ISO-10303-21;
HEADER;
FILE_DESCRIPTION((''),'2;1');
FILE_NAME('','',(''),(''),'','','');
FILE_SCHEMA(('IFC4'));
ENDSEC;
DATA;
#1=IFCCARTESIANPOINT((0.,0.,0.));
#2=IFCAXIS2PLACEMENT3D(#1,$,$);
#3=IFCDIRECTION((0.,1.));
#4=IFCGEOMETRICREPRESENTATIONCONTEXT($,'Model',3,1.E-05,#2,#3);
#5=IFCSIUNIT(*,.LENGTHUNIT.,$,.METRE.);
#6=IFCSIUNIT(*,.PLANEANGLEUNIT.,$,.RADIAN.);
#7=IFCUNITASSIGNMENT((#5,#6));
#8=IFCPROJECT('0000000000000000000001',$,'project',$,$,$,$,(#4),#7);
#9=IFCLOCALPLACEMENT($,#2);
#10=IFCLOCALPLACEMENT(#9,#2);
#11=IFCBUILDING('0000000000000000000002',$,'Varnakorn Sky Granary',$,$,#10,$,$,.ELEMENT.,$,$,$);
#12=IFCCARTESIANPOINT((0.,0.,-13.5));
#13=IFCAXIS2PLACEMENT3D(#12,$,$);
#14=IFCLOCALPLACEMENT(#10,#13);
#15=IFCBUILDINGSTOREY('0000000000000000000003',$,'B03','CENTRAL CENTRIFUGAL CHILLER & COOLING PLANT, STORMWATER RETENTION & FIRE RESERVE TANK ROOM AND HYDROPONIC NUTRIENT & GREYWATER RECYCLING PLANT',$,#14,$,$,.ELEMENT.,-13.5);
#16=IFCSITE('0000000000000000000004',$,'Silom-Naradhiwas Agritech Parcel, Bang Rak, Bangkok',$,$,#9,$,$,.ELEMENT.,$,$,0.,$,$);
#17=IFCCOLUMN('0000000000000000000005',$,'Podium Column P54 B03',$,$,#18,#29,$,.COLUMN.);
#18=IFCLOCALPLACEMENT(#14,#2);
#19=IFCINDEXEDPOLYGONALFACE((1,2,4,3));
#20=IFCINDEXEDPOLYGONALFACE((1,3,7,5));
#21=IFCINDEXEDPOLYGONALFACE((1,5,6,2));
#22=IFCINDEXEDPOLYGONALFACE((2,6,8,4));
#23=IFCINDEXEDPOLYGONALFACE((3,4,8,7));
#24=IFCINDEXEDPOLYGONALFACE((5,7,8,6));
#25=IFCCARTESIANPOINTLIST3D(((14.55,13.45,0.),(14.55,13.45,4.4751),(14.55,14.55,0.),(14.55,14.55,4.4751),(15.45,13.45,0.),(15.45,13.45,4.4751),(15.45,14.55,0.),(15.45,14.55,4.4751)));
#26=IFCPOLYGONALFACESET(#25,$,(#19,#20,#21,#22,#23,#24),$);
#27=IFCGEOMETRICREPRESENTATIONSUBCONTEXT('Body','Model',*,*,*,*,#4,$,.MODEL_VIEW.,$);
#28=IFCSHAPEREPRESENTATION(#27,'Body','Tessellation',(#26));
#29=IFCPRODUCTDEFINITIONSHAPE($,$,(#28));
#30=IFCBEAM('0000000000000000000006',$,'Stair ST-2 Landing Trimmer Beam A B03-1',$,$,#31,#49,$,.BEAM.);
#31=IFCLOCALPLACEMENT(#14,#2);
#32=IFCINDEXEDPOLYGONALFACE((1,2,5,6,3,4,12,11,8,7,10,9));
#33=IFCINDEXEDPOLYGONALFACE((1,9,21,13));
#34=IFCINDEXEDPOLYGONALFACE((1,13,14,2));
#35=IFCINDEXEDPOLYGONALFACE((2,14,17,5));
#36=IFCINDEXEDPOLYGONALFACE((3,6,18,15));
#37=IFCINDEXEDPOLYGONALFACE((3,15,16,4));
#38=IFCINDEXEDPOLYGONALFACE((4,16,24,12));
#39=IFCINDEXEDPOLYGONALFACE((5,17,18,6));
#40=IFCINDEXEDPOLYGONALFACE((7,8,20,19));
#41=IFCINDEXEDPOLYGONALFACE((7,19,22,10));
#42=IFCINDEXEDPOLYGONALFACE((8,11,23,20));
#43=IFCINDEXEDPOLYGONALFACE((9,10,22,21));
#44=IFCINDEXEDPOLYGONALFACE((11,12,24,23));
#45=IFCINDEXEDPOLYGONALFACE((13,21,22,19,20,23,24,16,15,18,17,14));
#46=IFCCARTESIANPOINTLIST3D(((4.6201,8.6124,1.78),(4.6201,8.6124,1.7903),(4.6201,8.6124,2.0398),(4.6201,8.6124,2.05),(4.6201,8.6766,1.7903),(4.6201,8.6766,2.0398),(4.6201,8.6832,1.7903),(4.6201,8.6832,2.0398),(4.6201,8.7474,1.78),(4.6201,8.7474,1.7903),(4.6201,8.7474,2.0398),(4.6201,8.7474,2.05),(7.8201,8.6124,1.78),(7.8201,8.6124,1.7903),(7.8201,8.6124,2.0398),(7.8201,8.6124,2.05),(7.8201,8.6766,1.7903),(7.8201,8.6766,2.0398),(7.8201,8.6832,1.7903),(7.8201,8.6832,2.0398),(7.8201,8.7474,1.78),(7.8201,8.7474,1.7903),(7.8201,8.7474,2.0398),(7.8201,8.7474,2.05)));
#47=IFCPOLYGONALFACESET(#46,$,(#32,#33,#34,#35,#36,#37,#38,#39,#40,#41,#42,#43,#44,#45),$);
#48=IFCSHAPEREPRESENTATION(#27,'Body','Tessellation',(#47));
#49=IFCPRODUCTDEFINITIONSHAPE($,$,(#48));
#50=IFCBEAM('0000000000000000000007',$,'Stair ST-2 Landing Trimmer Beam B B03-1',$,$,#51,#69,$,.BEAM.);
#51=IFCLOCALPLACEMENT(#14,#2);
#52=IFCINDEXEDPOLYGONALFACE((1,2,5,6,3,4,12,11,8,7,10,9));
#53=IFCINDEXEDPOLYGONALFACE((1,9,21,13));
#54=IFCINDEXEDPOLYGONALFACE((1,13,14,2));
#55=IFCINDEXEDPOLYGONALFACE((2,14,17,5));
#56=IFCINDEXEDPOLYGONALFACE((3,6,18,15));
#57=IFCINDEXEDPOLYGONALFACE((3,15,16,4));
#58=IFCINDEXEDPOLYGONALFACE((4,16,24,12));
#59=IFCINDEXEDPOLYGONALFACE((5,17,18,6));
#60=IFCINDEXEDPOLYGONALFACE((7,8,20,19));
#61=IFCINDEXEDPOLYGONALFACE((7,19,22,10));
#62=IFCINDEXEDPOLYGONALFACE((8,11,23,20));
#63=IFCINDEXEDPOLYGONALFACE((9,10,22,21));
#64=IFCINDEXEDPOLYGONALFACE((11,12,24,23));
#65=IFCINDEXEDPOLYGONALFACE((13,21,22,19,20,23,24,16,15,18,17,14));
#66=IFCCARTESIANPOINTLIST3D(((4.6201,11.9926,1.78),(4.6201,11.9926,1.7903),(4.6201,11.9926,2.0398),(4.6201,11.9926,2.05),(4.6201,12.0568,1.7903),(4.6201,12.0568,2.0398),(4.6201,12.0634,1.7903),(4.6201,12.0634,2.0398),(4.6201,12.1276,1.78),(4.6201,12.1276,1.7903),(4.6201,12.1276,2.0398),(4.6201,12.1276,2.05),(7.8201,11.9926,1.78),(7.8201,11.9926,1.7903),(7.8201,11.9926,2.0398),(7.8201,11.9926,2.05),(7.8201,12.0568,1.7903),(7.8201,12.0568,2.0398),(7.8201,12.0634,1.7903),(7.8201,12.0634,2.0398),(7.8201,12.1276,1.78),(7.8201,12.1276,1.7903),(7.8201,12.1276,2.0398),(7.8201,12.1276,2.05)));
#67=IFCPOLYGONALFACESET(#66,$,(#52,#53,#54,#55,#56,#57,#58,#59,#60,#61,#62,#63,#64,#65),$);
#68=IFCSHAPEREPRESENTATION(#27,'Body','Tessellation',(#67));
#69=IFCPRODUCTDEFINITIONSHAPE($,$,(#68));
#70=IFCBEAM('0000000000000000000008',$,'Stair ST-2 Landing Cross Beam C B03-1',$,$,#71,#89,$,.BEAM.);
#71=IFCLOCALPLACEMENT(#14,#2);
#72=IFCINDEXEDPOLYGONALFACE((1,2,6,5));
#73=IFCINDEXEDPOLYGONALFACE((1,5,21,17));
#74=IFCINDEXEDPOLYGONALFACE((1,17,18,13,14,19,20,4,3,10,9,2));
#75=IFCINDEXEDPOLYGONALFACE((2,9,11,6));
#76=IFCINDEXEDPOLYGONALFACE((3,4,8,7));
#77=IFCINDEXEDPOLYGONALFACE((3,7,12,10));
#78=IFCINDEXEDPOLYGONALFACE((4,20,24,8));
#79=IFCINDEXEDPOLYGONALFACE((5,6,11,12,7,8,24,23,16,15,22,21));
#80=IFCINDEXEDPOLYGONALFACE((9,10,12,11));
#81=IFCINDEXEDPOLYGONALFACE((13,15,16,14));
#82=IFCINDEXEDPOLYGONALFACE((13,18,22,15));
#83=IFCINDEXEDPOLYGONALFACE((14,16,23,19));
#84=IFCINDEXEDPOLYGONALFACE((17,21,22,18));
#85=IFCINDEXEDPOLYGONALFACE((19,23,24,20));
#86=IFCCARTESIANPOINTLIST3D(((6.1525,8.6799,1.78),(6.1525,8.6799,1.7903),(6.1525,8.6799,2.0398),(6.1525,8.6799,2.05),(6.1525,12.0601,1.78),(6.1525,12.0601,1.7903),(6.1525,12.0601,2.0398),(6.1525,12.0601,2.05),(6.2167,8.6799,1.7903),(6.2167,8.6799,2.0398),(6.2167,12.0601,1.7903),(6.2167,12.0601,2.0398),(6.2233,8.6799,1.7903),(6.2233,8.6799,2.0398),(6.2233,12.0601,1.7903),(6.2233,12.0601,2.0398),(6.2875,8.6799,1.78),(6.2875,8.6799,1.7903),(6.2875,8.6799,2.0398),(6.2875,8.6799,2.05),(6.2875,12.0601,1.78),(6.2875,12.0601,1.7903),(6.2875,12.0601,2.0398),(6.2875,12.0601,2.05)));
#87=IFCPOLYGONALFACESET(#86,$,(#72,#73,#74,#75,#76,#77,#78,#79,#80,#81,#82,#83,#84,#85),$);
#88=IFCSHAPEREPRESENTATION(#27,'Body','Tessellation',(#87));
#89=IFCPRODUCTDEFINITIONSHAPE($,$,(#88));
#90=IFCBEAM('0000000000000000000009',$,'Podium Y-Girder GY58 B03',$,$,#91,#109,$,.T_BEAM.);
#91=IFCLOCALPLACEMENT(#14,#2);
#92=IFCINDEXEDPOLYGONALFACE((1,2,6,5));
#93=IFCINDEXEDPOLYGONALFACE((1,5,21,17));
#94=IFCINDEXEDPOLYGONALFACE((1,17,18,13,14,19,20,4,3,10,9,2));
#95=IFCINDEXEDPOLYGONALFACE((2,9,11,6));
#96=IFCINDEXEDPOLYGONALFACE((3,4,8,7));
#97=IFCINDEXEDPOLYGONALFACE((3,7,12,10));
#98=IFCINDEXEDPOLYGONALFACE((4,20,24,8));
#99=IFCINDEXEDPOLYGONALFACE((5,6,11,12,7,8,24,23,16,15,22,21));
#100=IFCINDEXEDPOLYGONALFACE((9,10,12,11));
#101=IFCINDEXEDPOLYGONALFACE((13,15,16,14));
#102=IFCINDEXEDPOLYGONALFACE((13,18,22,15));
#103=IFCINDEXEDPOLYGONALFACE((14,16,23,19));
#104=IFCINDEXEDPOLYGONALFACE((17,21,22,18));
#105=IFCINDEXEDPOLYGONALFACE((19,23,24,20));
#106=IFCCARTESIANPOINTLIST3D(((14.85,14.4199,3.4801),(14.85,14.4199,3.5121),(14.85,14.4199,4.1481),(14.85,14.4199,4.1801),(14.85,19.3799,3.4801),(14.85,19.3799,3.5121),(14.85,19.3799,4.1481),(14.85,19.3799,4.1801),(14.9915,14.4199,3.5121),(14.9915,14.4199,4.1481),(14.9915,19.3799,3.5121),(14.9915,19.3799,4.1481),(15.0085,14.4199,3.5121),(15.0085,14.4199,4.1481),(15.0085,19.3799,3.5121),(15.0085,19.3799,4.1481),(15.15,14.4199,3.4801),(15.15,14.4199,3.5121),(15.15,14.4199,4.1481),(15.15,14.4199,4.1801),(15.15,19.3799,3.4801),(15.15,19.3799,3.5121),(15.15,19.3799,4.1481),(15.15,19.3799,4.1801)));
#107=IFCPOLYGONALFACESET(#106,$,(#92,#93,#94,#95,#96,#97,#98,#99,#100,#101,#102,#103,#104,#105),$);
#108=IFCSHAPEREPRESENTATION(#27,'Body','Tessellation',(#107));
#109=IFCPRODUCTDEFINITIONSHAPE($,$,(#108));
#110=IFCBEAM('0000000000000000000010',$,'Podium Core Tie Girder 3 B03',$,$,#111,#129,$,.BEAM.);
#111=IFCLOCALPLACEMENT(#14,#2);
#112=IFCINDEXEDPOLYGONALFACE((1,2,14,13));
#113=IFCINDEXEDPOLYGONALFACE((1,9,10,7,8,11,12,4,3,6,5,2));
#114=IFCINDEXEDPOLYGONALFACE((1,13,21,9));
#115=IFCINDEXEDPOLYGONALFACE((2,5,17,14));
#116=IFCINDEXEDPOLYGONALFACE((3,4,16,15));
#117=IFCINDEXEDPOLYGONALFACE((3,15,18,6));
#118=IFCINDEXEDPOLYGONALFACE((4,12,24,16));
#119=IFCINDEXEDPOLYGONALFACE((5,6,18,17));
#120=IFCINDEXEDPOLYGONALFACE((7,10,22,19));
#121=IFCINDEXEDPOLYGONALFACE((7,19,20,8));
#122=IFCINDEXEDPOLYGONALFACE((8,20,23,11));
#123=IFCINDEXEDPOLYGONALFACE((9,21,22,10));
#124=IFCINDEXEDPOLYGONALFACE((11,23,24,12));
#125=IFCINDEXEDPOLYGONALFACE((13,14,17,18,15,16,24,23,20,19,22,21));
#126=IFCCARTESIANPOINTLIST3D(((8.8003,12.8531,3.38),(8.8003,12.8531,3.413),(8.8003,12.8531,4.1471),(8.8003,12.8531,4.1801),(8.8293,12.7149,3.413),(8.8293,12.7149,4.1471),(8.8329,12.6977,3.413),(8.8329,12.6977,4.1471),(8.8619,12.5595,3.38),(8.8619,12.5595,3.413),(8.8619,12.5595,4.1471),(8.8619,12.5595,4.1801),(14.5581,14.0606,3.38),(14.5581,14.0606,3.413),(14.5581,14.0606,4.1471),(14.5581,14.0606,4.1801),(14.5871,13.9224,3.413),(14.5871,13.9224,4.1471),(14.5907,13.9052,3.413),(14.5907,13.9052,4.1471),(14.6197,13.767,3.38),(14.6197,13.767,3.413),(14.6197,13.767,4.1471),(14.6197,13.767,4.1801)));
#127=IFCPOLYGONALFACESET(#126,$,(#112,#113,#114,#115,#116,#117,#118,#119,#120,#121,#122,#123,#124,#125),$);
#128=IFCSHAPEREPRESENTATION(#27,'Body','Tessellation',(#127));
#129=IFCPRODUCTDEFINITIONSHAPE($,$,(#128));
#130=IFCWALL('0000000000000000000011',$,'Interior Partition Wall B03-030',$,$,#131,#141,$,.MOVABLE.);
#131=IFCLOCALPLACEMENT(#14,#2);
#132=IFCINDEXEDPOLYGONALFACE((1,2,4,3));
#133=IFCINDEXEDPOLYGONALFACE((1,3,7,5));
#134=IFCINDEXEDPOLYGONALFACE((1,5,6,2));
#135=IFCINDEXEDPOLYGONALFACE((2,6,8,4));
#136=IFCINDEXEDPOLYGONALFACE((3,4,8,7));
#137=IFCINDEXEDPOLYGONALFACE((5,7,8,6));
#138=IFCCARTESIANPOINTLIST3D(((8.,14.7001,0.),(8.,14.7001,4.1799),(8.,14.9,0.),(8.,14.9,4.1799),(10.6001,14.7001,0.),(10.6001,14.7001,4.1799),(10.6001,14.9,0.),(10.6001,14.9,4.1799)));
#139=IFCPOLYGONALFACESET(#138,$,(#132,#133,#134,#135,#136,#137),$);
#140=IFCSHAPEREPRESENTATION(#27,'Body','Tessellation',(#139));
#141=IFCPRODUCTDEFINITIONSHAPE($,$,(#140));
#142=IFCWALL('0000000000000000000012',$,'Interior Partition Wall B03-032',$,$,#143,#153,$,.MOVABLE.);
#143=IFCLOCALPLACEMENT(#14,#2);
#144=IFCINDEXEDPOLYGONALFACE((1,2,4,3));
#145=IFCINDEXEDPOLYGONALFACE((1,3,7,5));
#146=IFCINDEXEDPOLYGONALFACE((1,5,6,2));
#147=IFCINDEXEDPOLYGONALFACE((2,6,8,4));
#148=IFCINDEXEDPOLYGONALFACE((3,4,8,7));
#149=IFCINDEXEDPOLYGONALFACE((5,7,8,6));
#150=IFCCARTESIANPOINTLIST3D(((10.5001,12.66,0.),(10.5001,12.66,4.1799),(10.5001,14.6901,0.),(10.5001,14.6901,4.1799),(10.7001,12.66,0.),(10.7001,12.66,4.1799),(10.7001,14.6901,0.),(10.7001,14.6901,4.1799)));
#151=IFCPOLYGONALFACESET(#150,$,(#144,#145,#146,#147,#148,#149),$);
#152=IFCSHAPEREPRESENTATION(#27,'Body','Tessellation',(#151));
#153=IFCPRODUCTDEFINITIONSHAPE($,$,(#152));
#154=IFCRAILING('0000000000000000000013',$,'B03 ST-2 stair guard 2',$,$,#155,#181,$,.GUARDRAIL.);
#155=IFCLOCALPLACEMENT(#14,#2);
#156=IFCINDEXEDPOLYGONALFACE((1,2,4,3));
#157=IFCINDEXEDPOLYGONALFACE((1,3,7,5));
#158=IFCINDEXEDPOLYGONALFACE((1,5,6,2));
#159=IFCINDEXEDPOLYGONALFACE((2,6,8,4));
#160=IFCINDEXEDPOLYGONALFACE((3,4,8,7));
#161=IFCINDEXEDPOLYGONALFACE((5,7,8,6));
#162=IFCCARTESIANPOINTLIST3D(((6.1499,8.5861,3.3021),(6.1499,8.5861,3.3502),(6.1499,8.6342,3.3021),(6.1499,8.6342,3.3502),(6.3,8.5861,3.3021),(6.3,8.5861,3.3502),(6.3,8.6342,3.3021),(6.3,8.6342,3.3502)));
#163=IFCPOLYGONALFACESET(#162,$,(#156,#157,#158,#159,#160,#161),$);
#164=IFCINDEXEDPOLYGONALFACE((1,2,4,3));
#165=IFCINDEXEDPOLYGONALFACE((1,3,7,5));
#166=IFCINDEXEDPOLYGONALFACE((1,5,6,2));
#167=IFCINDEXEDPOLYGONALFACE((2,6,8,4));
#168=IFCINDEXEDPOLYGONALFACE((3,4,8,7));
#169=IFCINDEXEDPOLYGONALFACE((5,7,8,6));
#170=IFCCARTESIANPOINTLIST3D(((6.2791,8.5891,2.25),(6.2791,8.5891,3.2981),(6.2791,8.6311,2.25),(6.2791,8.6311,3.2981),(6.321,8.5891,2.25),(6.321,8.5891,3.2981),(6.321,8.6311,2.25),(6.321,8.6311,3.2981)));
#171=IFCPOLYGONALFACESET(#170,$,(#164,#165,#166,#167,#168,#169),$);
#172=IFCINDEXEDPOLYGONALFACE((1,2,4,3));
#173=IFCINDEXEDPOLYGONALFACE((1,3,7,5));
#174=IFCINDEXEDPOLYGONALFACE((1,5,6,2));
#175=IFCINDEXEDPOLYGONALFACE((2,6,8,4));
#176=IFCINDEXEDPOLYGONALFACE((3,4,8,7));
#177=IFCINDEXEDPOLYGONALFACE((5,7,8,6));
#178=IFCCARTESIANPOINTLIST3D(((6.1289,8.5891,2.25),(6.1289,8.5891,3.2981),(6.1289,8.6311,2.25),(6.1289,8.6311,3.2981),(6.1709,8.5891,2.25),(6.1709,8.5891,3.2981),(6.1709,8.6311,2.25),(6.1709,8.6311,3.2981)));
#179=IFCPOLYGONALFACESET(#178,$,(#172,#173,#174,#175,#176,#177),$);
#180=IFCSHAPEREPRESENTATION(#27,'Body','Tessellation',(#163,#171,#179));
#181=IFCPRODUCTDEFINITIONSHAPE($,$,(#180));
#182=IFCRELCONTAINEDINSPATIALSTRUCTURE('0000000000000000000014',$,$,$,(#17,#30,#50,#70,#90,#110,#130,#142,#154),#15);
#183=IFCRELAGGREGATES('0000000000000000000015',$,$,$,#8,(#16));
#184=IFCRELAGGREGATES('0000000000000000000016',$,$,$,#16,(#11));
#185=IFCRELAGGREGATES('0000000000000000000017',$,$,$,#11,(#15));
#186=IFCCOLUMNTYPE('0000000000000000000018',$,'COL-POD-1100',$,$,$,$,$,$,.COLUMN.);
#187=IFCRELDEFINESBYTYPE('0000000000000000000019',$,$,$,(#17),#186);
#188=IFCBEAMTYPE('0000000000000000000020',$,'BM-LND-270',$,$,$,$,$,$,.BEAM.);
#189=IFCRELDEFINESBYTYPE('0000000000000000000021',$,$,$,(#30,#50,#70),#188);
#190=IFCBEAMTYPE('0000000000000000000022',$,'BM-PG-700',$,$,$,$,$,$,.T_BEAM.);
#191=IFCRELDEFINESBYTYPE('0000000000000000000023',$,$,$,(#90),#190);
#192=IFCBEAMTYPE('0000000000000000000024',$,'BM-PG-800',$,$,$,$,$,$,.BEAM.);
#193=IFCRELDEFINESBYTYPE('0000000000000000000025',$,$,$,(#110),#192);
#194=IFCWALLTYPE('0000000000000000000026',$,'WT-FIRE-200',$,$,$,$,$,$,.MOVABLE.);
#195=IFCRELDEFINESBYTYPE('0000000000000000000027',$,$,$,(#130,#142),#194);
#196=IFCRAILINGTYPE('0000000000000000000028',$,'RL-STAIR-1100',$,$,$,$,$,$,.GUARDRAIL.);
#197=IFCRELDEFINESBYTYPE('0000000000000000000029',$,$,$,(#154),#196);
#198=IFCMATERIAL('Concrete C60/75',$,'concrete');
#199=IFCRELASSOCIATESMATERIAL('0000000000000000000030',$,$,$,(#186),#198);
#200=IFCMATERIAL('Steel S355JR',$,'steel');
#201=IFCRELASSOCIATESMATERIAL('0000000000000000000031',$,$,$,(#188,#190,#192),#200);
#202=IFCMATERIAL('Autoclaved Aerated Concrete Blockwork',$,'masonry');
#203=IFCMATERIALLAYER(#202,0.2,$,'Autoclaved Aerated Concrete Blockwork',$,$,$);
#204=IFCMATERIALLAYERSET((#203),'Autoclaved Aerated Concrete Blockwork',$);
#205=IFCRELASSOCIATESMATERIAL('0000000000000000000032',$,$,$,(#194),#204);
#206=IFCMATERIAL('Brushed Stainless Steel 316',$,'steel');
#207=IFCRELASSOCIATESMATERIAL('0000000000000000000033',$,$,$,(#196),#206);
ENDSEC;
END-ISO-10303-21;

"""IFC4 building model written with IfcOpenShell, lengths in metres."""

from ifc_helpers import new_model, si_unit, direction, frame, frame_2d, origin, origin_2d, place, context, subcontext, project, spatial, rectangle, i_section, extrude, material, layer, layer_set, material_profile, profile_set, type_object, element, save


model = new_model("IFC4")

# Units and contexts
model_context = context("Model", 3, precision=1e-05, world=origin(), true_north=direction((0.0, 1.0)))
body_context = subcontext(model_context, "Body", "Model", "MODEL_VIEW")
ifc_project = project(units=[si_unit("LENGTHUNIT", "METRE"), si_unit("PLANEANGLEUNIT", "RADIAN")], contexts=[model_context])

# Site, building, storey
site_placement = place(None, origin())
site = spatial("IfcSite", under=ifc_project, at=site_placement, Name="Silom-Naradhiwas Agritech Parcel, Bang Rak, Bangkok", CompositionType="ELEMENT", RefElevation=0.0)
building_placement = place(site_placement, origin())
building = spatial("IfcBuilding", under=site, at=building_placement, Name="Varnakorn Sky Granary", CompositionType="ELEMENT")
storey_placement = place(building_placement, frame((0.0, 0.0, -13.5)))
storey = spatial("IfcBuildingStorey", under=building, at=storey_placement, Name="B03", Description="CENTRAL CENTRIFUGAL CHILLER & COOLING PLANT, STORMWATER RETENTION & FIRE RESERVE TANK ROOM AND HYDROPONIC NUTRIENT & GREYWATER RECYCLING PLANT", CompositionType="ELEMENT", Elevation=-13.5)

# Column
ifc_material_1 = material(Name="Concrete C60/75", Category="concrete")
ifc_material_profile_1 = material_profile(ifc_material_1, rectangle(XDim=0.8999, YDim=1.1001, at=origin_2d()), Name="RC 900x1100")
ifc_profile_set_1 = profile_set([ifc_material_profile_1], Name="Concrete C60/75")
column_type_1 = type_object("IfcColumnType", Name="COL-POD-1100", PredefinedType="COLUMN", material=ifc_profile_set_1)
column_1_placement = place(storey_placement, frame((15.0, 14.0, 0.0), z_axis=(0.0, 0.0, 1.0), x_axis=(1.0, 0.0, 0.0)))
element("IfcColumn", 1, at=column_1_placement, inside=storey, type_object=column_type_1, Name="Podium Column P54 B03", PredefinedType="COLUMN", context=body_context, shape_type="SweptSolid", body=[
    extrude(rectangle(XDim=0.8999, YDim=1.1001, at=origin_2d()), origin(), (0.0, 0.0, 1.0), 4.4751),
])

# Beams
ifc_material_2 = material(Name="Steel S355JR", Category="steel")
ifc_material_profile_2 = material_profile(ifc_material_2, i_section(OverallWidth=0.135, OverallDepth=0.27, WebThickness=0.0066, FlangeThickness=0.0103, at=origin_2d()), Name="IPE 270")
ifc_profile_set_2 = profile_set([ifc_material_profile_2], Name="Steel S355JR")
beam_type_1 = type_object("IfcBeamType", Name="BM-LND-270", PredefinedType="BEAM", material=ifc_profile_set_2)
for number, where, z_axis, x_axis, name in (
    (2, (4.6201, 8.6799, 1.915), (1.0, 0.0, 0.0), (0.0, 1.0, 0.0), "Stair ST-2 Landing Trimmer Beam A B03-1"),
    (3, (4.6201, 12.0601, 1.915), (1.0, 0.0, 0.0), (0.0, 1.0, 0.0), "Stair ST-2 Landing Trimmer Beam B B03-1"),
):
    element("IfcBeam", number, at=place(storey_placement, frame(where, z_axis=z_axis, x_axis=x_axis)), inside=storey, type_object=beam_type_1, Name=name, PredefinedType="BEAM", context=body_context, shape_type="SweptSolid", body=[
        extrude(i_section(OverallWidth=0.135, OverallDepth=0.27, WebThickness=0.0066, FlangeThickness=0.0103, at=origin_2d()), origin(), (0.0, 0.0, 1.0), 3.2),
    ])
beam_1_placement = place(storey_placement, frame((6.22, 8.6799, 1.915), z_axis=(0.0, 1.0, 0.0), x_axis=(-1.0, 0.0, 0.0)))
element("IfcBeam", 4, at=beam_1_placement, inside=storey, type_object=beam_type_1, Name="Stair ST-2 Landing Cross Beam C B03-1", PredefinedType="BEAM", context=body_context, shape_type="SweptSolid", body=[
    extrude(i_section(OverallWidth=0.135, OverallDepth=0.27, WebThickness=0.0066, FlangeThickness=0.0103, at=origin_2d()), origin(), (0.0, 0.0, 1.0), 3.3801),
])
ifc_material_profile_3 = material_profile(ifc_material_2, i_section(OverallWidth=0.3, OverallDepth=0.7, WebThickness=0.0171, FlangeThickness=0.032, at=origin_2d()), Name="HE 700 B")
ifc_profile_set_3 = profile_set([ifc_material_profile_3], Name="Steel S355JR")
beam_type_2 = type_object("IfcBeamType", Name="BM-PG-700", PredefinedType="T_BEAM", material=ifc_profile_set_3)
beam_2_placement = place(storey_placement, frame((15.0, 14.4199, 3.8301), z_axis=(0.0, 1.0, 0.0), x_axis=(-1.0, 0.0, 0.0)))
element("IfcBeam", 5, at=beam_2_placement, inside=storey, type_object=beam_type_2, Name="Podium Y-Girder GY58 B03", PredefinedType="T_BEAM", context=body_context, shape_type="SweptSolid", body=[
    extrude(i_section(OverallWidth=0.3, OverallDepth=0.7, WebThickness=0.0171, FlangeThickness=0.032, at=origin_2d()), origin(), (0.0, 0.0, 1.0), 4.96),
])
ifc_material_profile_4 = material_profile(ifc_material_2, i_section(OverallWidth=0.3, OverallDepth=0.8, WebThickness=0.0176, FlangeThickness=0.033, at=origin_2d()), Name="HE 800 B")
ifc_profile_set_4 = profile_set([ifc_material_profile_4], Name="Steel S355JR")
beam_type_3 = type_object("IfcBeamType", Name="BM-PG-800", PredefinedType="BEAM", material=ifc_profile_set_4)
beam_3_placement = place(storey_placement, frame((14.5889, 13.9138, 3.78), z_axis=(-0.978709, -0.205253, 0.0), x_axis=(0.205253, -0.978709, 0.0)))
element("IfcBeam", 6, at=beam_3_placement, inside=storey, type_object=beam_type_3, Name="Podium Core Tie Girder 3 B03", PredefinedType="BEAM", context=body_context, shape_type="SweptSolid", body=[
    extrude(i_section(OverallWidth=0.3, OverallDepth=0.8, WebThickness=0.0176, FlangeThickness=0.033, at=origin_2d()), origin(), (0.0, 0.0, 1.0), 5.8831),
])

# Walls
ifc_material_3 = material(Name="Autoclaved Aerated Concrete Blockwork", Category="masonry")
ifc_layer = layer(ifc_material_3, 0.2, Name="Autoclaved Aerated Concrete Blockwork")
ifc_layer_set = layer_set([ifc_layer], Name="Autoclaved Aerated Concrete Blockwork")
wall_type = type_object("IfcWallType", Name="WT-FIRE-200", PredefinedType="MOVABLE", material=ifc_layer_set)
wall_1_placement = place(storey_placement, frame((10.6001, 14.8, 0.0), z_axis=(0.0, 0.0, 1.0), x_axis=(-1.0, 0.0, 0.0)))
element("IfcWall", 7, at=wall_1_placement, inside=storey, type_object=wall_type, Name="Interior Partition Wall B03-030", PredefinedType="MOVABLE", context=body_context, shape_type="SweptSolid", body=[
    extrude(rectangle(XDim=2.6001, YDim=0.2, at=frame_2d((1.3, 0.0))), origin(), (0.0, 0.0, 1.0), 4.1799),
])
wall_2_placement = place(storey_placement, frame((10.6001, 12.6599, 0.0), z_axis=(0.0, 0.0, 1.0), x_axis=(0.0, 1.0, 0.0)))
element("IfcWall", 8, at=wall_2_placement, inside=storey, type_object=wall_type, Name="Interior Partition Wall B03-032", PredefinedType="MOVABLE", context=body_context, shape_type="SweptSolid", body=[
    extrude(rectangle(XDim=2.03, YDim=0.2, at=frame_2d((1.0151, 0.0))), origin(), (0.0, 0.0, 1.0), 4.1799),
])

# Railing
ifc_material_4 = material(Name="Brushed Stainless Steel 316", Category="steel")
railing_type = type_object("IfcRailingType", Name="RL-STAIR-1100", PredefinedType="GUARDRAIL", material=ifc_material_4)
railing_1_placement = place(storey_placement, frame((6.3, 8.6101, 2.25)))
element("IfcRailing", 9, at=railing_1_placement, inside=storey, type_object=railing_type, Name="B03 ST-2 stair guard 2", PredefinedType="GUARDRAIL", context=body_context, shape_type="SweptSolid", body=[
    extrude(rectangle(XDim=0.0481, YDim=0.0481, at=origin_2d()), frame((0.0, 0.0, 1.0762), z_axis=(-1.0, 0.0, 0.0), x_axis=(0.0, -1.0, 0.0)), (0.0, 0.0, 1.0), 0.1501),
    extrude(rectangle(XDim=0.042, YDim=0.042, at=origin_2d()), origin(), (0.0, 0.0, 1.0), 1.0481),
    extrude(rectangle(XDim=0.042, YDim=0.042, at=origin_2d()), frame((-0.1501, 0.0, 0.0)), (0.0, 0.0, 1.0), 1.0481),
])

save(model, "model.ifc")
